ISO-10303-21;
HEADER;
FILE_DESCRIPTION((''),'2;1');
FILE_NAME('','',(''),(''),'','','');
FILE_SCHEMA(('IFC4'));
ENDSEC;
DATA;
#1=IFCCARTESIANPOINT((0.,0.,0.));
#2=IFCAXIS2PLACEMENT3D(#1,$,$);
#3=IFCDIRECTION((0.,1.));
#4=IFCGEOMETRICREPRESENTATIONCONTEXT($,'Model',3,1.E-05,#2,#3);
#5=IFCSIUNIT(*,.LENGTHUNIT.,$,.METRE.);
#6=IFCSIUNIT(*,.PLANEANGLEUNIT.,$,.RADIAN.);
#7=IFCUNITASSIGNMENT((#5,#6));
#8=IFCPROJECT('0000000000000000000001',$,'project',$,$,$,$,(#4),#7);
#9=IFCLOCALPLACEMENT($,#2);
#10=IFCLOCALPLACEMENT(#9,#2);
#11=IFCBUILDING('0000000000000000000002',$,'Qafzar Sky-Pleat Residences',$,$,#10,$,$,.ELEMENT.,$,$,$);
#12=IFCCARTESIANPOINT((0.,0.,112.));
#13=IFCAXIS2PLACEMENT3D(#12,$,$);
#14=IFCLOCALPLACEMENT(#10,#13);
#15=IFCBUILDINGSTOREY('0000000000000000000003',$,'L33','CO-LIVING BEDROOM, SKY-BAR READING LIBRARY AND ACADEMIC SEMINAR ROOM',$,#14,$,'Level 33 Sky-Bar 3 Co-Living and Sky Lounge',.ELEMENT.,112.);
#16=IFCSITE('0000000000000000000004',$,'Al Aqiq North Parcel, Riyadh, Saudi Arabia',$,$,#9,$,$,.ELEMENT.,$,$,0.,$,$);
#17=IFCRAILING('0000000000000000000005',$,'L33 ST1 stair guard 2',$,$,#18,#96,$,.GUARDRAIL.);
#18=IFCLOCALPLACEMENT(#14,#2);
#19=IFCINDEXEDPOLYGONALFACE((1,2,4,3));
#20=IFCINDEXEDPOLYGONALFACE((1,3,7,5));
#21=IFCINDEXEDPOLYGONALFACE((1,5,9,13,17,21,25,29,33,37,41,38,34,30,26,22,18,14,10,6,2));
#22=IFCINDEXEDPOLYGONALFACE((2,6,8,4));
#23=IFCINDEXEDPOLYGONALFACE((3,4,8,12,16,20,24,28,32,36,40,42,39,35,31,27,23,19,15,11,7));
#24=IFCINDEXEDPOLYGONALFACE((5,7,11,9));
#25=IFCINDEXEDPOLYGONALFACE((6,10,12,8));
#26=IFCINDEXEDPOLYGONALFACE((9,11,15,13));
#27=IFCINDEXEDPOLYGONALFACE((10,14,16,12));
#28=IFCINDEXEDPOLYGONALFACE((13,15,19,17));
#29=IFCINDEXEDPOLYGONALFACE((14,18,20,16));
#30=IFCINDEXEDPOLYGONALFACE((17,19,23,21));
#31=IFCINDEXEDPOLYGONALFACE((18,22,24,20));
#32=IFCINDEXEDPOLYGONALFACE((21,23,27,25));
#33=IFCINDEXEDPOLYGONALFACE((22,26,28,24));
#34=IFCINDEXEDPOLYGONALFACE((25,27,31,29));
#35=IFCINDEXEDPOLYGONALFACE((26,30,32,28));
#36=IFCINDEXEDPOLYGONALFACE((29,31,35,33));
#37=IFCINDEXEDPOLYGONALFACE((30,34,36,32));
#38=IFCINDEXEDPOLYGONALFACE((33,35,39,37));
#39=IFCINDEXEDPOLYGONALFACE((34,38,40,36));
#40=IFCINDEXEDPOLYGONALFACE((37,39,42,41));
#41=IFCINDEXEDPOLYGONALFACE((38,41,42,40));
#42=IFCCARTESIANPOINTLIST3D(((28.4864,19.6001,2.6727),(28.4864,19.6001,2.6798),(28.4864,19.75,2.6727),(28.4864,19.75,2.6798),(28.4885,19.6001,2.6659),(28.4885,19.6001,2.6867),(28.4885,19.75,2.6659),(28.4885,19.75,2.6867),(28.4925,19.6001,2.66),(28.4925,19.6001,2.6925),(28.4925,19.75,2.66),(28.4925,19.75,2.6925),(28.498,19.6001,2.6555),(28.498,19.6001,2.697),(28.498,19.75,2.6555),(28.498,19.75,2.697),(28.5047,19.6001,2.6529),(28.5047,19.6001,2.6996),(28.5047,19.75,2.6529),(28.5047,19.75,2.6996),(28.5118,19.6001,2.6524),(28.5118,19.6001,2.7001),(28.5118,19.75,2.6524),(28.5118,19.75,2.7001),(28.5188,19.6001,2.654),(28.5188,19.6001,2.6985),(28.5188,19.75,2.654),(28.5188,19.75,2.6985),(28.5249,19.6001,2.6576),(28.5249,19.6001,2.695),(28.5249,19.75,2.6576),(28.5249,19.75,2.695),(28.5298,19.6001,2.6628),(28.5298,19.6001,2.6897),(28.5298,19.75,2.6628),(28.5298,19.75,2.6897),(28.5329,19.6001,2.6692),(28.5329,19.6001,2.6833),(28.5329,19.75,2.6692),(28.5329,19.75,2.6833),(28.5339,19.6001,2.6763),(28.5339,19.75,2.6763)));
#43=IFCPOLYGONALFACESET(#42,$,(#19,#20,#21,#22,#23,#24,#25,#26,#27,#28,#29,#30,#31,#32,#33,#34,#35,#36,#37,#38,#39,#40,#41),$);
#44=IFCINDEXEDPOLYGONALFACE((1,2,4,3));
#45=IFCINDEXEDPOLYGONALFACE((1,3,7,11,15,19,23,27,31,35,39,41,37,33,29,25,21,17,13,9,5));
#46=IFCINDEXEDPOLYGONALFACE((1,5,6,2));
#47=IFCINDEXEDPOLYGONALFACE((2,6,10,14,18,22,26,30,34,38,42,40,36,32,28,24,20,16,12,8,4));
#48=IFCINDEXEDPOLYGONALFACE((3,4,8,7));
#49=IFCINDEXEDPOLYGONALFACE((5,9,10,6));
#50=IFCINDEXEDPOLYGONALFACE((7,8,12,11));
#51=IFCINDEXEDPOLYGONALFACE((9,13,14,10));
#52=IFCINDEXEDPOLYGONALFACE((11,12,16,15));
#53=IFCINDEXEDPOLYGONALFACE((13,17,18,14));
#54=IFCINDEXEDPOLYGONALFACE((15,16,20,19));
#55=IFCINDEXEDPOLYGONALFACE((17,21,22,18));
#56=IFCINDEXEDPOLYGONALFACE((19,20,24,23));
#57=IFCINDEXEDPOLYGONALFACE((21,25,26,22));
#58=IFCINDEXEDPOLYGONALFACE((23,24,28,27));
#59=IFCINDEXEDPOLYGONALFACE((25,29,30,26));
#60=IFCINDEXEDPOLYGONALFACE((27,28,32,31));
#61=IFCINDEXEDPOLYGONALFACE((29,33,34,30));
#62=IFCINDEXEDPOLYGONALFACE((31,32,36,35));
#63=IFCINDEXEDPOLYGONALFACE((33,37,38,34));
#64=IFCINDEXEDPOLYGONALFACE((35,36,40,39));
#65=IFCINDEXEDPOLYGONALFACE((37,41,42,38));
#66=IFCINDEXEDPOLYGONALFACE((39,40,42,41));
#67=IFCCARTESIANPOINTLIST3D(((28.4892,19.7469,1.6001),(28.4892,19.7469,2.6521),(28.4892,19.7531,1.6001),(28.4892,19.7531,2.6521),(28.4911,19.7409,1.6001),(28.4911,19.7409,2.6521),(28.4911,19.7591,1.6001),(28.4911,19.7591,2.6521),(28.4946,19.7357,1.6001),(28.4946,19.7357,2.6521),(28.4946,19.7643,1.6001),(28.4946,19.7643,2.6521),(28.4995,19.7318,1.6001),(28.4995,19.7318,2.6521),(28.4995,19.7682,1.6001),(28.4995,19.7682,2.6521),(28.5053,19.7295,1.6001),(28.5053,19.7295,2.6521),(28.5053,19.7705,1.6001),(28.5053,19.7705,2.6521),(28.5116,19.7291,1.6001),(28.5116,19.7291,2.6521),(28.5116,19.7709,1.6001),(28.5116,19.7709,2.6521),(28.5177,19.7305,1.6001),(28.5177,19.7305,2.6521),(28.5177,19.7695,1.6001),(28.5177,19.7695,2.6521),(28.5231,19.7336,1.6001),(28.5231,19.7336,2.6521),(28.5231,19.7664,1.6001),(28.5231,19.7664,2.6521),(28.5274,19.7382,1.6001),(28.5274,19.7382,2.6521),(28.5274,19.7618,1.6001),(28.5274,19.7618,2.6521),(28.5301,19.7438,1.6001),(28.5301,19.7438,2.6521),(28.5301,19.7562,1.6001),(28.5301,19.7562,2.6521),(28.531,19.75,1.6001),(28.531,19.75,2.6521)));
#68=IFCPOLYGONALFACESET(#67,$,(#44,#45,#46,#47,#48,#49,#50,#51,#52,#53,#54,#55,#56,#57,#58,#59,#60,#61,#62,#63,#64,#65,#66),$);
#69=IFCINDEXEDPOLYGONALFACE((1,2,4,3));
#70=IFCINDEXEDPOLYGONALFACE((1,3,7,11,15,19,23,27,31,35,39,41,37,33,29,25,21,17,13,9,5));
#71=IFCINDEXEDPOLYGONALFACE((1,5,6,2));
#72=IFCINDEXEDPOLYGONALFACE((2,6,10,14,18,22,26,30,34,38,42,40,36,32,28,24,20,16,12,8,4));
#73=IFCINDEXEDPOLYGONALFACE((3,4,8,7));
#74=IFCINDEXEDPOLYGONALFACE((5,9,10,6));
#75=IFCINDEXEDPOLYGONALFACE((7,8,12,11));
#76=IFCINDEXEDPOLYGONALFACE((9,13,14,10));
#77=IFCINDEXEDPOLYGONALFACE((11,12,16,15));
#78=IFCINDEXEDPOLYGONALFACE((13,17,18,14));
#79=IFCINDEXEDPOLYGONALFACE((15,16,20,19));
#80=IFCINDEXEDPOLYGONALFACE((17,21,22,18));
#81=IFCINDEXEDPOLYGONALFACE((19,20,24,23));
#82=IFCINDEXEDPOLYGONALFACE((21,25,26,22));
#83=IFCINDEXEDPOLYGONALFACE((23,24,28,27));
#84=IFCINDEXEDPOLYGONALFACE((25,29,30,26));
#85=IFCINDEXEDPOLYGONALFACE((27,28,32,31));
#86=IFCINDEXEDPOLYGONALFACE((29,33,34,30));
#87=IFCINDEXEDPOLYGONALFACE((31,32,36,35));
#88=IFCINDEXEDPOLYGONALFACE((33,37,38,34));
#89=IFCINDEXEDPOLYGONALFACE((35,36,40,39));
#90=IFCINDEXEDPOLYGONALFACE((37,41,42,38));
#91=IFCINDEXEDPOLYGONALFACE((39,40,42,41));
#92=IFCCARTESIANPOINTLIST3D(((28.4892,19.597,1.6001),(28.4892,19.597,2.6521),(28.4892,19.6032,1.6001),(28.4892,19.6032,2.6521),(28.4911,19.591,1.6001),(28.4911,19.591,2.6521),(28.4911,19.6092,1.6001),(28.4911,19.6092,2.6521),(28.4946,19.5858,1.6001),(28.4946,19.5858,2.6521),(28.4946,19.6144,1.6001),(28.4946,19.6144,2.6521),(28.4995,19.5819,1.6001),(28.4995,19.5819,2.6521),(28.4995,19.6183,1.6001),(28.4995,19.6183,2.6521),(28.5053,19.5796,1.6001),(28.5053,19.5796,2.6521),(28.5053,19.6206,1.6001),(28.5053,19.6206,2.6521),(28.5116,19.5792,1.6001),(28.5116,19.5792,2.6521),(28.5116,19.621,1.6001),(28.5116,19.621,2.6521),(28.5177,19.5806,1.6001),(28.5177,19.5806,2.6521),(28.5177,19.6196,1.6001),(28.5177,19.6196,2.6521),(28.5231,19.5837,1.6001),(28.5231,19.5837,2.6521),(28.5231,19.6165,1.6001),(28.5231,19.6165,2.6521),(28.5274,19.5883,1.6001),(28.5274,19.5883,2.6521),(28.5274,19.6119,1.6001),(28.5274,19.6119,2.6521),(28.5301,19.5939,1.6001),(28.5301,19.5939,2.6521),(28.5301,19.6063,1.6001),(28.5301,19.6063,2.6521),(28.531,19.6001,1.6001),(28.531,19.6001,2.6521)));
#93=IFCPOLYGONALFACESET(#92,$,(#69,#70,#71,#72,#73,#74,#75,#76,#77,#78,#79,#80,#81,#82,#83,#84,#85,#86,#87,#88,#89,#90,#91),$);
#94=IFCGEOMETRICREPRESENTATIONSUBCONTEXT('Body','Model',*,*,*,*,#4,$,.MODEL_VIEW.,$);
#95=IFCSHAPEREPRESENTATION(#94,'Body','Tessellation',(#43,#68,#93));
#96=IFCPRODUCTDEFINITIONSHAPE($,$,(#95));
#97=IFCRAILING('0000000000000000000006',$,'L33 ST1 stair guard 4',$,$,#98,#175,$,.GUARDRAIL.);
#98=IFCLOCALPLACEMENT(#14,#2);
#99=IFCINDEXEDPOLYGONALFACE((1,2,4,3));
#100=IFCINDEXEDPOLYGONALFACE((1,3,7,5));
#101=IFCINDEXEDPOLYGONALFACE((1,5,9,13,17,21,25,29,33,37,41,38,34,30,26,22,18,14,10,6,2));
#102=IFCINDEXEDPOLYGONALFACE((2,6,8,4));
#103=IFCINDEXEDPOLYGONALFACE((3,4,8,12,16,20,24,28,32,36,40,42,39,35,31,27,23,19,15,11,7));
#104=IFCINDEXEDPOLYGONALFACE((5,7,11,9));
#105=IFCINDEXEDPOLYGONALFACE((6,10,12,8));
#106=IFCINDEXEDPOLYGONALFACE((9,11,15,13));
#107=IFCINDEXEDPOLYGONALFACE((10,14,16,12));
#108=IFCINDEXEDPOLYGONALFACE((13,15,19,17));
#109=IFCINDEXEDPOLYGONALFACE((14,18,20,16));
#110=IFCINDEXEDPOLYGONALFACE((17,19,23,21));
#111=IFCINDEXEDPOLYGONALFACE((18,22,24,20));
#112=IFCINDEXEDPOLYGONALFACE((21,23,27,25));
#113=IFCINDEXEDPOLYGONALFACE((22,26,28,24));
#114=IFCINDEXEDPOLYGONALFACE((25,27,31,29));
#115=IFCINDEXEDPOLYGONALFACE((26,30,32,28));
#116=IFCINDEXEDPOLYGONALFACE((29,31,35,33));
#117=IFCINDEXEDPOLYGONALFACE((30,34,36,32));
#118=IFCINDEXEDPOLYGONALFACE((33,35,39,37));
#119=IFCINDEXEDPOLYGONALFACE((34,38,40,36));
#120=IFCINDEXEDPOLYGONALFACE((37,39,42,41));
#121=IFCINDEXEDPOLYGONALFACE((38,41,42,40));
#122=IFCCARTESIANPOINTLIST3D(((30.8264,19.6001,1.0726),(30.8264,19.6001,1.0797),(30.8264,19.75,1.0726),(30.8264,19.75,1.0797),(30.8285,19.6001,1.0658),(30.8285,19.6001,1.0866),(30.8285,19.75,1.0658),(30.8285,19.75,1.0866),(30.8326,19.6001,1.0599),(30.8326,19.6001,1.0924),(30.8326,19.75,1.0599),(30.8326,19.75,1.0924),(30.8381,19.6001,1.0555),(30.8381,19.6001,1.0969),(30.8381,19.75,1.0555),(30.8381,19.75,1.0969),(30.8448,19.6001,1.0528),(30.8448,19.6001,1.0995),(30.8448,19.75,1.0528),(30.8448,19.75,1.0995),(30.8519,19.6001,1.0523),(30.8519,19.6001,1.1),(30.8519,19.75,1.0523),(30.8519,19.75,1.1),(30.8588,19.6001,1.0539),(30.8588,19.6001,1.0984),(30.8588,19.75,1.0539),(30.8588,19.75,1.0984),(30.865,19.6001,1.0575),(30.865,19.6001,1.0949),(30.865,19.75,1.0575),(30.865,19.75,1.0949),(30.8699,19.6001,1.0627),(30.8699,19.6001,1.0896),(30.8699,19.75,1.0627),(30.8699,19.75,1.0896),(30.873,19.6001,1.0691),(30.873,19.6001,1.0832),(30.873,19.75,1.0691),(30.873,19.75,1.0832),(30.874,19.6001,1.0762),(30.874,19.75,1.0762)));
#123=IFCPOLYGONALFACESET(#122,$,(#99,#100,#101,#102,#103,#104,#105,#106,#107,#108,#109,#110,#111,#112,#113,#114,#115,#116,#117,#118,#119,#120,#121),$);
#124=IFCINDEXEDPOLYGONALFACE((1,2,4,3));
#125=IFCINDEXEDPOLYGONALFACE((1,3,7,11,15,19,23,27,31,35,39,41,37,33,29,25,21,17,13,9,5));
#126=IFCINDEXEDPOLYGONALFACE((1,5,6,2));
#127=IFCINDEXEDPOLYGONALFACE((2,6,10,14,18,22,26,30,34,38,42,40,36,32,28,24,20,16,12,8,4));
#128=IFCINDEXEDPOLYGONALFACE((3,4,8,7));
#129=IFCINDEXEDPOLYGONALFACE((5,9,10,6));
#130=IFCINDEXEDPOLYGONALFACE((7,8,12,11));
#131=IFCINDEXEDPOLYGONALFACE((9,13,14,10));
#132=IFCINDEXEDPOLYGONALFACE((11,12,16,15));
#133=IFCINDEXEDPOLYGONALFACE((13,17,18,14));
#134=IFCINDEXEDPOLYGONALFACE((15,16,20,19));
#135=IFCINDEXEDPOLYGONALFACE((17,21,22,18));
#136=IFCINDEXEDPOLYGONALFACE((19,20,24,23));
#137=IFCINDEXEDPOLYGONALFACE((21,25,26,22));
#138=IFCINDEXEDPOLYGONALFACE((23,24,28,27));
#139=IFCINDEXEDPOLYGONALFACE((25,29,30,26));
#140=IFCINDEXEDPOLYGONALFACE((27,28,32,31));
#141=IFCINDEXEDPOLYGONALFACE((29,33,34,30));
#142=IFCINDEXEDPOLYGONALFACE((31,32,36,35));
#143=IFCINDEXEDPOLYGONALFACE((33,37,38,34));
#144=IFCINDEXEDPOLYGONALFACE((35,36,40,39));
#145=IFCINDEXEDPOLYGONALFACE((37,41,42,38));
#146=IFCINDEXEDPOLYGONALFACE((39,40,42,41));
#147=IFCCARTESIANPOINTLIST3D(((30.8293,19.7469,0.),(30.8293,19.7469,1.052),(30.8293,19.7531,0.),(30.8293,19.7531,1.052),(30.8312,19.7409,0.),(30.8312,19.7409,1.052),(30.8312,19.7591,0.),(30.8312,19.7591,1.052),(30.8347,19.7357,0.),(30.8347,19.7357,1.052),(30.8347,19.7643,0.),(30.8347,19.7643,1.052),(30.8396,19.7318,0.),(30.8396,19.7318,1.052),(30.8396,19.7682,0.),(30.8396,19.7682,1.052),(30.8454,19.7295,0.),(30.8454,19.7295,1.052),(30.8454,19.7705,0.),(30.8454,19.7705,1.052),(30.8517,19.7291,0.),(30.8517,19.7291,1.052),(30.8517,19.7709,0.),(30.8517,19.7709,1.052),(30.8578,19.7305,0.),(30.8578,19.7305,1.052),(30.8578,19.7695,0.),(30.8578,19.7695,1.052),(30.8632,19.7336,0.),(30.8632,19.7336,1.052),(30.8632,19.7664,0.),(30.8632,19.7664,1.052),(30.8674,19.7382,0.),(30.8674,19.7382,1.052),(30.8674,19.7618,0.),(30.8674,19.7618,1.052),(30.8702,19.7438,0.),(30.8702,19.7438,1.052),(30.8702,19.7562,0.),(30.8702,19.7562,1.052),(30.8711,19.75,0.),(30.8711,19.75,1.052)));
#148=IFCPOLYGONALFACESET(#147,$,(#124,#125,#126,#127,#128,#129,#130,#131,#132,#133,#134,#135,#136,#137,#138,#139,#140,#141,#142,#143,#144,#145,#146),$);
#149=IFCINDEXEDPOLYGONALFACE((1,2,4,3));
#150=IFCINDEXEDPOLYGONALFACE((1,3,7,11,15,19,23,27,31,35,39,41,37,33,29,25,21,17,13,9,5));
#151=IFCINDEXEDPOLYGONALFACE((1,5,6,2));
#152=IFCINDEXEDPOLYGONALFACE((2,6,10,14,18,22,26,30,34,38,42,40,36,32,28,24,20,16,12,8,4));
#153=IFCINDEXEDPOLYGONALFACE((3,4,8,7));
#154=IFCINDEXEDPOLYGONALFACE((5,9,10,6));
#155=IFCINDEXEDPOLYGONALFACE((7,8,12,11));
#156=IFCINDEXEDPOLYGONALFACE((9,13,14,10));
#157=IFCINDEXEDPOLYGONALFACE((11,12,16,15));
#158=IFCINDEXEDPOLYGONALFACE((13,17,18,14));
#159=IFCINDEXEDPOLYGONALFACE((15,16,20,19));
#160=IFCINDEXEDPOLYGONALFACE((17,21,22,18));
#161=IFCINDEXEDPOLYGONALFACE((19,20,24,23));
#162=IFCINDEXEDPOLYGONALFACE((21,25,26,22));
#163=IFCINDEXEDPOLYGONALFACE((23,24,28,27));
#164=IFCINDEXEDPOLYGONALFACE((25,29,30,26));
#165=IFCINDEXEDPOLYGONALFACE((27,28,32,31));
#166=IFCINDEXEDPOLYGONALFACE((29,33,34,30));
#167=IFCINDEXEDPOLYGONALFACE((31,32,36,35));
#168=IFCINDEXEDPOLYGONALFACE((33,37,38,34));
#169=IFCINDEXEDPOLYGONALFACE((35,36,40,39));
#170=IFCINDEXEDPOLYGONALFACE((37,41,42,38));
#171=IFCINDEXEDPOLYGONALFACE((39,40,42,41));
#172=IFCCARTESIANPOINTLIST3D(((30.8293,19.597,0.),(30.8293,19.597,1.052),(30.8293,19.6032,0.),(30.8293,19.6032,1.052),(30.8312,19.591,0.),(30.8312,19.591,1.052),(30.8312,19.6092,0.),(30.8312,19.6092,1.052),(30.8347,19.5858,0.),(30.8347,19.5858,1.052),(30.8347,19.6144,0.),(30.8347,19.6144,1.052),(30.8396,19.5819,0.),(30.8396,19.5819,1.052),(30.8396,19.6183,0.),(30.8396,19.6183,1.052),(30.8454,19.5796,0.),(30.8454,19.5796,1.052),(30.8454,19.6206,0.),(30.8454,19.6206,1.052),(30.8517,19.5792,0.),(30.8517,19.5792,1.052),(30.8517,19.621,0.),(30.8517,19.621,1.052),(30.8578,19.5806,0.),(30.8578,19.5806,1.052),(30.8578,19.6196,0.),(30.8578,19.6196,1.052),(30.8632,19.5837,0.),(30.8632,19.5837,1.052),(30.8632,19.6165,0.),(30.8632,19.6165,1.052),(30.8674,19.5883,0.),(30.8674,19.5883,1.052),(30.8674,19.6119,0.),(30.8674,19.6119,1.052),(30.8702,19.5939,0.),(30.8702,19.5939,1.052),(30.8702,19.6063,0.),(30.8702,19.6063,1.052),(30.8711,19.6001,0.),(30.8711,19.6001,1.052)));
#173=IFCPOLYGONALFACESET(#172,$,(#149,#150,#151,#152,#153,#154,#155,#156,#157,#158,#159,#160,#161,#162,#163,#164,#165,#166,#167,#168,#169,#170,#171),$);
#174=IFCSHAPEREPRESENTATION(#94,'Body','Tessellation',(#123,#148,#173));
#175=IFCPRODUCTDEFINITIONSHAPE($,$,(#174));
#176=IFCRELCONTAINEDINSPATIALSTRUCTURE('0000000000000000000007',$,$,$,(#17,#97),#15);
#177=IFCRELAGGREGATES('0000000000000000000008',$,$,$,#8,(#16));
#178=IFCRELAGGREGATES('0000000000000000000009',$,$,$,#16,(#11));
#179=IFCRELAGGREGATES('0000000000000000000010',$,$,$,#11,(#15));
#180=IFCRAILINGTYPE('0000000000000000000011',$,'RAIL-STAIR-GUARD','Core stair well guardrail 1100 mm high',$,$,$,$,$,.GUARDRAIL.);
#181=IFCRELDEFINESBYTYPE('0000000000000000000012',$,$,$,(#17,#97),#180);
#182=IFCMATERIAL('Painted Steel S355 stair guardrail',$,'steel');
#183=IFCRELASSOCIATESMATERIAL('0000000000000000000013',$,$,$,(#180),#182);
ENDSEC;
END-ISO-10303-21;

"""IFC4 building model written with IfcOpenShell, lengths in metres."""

from ifc_helpers import new_model, si_unit, direction, frame, origin, origin_2d, place, context, subcontext, project, spatial, circle, extrude, source, transform, mapped, material, type_object, element, save


model = new_model("IFC4")

# Units and contexts
model_context = context("Model", 3, precision=1e-05, world=origin(), true_north=direction((0.0, 1.0)))
body_context = subcontext(model_context, "Body", "Model", "MODEL_VIEW")
ifc_project = project(units=[si_unit("LENGTHUNIT", "METRE"), si_unit("PLANEANGLEUNIT", "RADIAN")], contexts=[model_context])

# Site, building, storey
site_placement = place(None, origin())
site = spatial("IfcSite", under=ifc_project, at=site_placement, Name="Al Aqiq North Parcel, Riyadh, Saudi Arabia", CompositionType="ELEMENT", RefElevation=0.0)
building_placement = place(site_placement, origin())
building = spatial("IfcBuilding", under=site, at=building_placement, Name="Qafzar Sky-Pleat Residences", CompositionType="ELEMENT")
storey_placement = place(building_placement, frame((0.0, 0.0, 112.0)))
storey = spatial("IfcBuildingStorey", under=building, at=storey_placement, Name="L33", Description="CO-LIVING BEDROOM, SKY-BAR READING LIBRARY AND ACADEMIC SEMINAR ROOM", LongName="Level 33 Sky-Bar 3 Co-Living and Sky Lounge", CompositionType="ELEMENT", Elevation=112.0)

# Railings
ifc_material_1 = material(Name="Painted Steel S355 stair guardrail", Category="steel")
railing_type_1 = type_object("IfcRailingType", Name="RAIL-STAIR-GUARD", Description="Core stair well guardrail 1100 mm high", PredefinedType="GUARDRAIL", material=ifc_material_1)
shared_shape_1 = source(origin(), body_context, "Body", "SweptSolid", [
    extrude(circle(Radius=0.0239, at=origin_2d()), frame((0.0, 0.0, 1.0762), z_axis=(0.0, -1.0, 0.0), x_axis=(1.0, 0.0, 0.0)), (0.0, 0.0, 1.0), 0.1499),
    extrude(circle(Radius=0.021, at=origin_2d()), origin(), (0.0, 0.0, 1.0), 1.052),
    extrude(circle(Radius=0.021, at=origin_2d()), frame((0.0, -0.1499, 0.0)), (0.0, 0.0, 1.0), 1.052),
])
for number, where, name in (
    (1, (28.51, 19.75, 1.6001), "L33 ST1 stair guard 2"),
    (2, (30.8501, 19.75, 0.0), "L33 ST1 stair guard 4"),
):
    element("IfcRailing", number, at=place(storey_placement, frame(where)), inside=storey, type_object=railing_type_1, Name=name, PredefinedType="GUARDRAIL", context=body_context, shape_type="MappedRepresentation", body=[
        mapped(shared_shape_1, transform((0.0, 0.0, 0.0), x_axis=(1.0, 0.0, 0.0), y_axis=(0.0, 1.0, 0.0), z_axis=(0.0, 0.0, 1.0), scale=1.0)),
    ])

save(model, "model.ifc")
